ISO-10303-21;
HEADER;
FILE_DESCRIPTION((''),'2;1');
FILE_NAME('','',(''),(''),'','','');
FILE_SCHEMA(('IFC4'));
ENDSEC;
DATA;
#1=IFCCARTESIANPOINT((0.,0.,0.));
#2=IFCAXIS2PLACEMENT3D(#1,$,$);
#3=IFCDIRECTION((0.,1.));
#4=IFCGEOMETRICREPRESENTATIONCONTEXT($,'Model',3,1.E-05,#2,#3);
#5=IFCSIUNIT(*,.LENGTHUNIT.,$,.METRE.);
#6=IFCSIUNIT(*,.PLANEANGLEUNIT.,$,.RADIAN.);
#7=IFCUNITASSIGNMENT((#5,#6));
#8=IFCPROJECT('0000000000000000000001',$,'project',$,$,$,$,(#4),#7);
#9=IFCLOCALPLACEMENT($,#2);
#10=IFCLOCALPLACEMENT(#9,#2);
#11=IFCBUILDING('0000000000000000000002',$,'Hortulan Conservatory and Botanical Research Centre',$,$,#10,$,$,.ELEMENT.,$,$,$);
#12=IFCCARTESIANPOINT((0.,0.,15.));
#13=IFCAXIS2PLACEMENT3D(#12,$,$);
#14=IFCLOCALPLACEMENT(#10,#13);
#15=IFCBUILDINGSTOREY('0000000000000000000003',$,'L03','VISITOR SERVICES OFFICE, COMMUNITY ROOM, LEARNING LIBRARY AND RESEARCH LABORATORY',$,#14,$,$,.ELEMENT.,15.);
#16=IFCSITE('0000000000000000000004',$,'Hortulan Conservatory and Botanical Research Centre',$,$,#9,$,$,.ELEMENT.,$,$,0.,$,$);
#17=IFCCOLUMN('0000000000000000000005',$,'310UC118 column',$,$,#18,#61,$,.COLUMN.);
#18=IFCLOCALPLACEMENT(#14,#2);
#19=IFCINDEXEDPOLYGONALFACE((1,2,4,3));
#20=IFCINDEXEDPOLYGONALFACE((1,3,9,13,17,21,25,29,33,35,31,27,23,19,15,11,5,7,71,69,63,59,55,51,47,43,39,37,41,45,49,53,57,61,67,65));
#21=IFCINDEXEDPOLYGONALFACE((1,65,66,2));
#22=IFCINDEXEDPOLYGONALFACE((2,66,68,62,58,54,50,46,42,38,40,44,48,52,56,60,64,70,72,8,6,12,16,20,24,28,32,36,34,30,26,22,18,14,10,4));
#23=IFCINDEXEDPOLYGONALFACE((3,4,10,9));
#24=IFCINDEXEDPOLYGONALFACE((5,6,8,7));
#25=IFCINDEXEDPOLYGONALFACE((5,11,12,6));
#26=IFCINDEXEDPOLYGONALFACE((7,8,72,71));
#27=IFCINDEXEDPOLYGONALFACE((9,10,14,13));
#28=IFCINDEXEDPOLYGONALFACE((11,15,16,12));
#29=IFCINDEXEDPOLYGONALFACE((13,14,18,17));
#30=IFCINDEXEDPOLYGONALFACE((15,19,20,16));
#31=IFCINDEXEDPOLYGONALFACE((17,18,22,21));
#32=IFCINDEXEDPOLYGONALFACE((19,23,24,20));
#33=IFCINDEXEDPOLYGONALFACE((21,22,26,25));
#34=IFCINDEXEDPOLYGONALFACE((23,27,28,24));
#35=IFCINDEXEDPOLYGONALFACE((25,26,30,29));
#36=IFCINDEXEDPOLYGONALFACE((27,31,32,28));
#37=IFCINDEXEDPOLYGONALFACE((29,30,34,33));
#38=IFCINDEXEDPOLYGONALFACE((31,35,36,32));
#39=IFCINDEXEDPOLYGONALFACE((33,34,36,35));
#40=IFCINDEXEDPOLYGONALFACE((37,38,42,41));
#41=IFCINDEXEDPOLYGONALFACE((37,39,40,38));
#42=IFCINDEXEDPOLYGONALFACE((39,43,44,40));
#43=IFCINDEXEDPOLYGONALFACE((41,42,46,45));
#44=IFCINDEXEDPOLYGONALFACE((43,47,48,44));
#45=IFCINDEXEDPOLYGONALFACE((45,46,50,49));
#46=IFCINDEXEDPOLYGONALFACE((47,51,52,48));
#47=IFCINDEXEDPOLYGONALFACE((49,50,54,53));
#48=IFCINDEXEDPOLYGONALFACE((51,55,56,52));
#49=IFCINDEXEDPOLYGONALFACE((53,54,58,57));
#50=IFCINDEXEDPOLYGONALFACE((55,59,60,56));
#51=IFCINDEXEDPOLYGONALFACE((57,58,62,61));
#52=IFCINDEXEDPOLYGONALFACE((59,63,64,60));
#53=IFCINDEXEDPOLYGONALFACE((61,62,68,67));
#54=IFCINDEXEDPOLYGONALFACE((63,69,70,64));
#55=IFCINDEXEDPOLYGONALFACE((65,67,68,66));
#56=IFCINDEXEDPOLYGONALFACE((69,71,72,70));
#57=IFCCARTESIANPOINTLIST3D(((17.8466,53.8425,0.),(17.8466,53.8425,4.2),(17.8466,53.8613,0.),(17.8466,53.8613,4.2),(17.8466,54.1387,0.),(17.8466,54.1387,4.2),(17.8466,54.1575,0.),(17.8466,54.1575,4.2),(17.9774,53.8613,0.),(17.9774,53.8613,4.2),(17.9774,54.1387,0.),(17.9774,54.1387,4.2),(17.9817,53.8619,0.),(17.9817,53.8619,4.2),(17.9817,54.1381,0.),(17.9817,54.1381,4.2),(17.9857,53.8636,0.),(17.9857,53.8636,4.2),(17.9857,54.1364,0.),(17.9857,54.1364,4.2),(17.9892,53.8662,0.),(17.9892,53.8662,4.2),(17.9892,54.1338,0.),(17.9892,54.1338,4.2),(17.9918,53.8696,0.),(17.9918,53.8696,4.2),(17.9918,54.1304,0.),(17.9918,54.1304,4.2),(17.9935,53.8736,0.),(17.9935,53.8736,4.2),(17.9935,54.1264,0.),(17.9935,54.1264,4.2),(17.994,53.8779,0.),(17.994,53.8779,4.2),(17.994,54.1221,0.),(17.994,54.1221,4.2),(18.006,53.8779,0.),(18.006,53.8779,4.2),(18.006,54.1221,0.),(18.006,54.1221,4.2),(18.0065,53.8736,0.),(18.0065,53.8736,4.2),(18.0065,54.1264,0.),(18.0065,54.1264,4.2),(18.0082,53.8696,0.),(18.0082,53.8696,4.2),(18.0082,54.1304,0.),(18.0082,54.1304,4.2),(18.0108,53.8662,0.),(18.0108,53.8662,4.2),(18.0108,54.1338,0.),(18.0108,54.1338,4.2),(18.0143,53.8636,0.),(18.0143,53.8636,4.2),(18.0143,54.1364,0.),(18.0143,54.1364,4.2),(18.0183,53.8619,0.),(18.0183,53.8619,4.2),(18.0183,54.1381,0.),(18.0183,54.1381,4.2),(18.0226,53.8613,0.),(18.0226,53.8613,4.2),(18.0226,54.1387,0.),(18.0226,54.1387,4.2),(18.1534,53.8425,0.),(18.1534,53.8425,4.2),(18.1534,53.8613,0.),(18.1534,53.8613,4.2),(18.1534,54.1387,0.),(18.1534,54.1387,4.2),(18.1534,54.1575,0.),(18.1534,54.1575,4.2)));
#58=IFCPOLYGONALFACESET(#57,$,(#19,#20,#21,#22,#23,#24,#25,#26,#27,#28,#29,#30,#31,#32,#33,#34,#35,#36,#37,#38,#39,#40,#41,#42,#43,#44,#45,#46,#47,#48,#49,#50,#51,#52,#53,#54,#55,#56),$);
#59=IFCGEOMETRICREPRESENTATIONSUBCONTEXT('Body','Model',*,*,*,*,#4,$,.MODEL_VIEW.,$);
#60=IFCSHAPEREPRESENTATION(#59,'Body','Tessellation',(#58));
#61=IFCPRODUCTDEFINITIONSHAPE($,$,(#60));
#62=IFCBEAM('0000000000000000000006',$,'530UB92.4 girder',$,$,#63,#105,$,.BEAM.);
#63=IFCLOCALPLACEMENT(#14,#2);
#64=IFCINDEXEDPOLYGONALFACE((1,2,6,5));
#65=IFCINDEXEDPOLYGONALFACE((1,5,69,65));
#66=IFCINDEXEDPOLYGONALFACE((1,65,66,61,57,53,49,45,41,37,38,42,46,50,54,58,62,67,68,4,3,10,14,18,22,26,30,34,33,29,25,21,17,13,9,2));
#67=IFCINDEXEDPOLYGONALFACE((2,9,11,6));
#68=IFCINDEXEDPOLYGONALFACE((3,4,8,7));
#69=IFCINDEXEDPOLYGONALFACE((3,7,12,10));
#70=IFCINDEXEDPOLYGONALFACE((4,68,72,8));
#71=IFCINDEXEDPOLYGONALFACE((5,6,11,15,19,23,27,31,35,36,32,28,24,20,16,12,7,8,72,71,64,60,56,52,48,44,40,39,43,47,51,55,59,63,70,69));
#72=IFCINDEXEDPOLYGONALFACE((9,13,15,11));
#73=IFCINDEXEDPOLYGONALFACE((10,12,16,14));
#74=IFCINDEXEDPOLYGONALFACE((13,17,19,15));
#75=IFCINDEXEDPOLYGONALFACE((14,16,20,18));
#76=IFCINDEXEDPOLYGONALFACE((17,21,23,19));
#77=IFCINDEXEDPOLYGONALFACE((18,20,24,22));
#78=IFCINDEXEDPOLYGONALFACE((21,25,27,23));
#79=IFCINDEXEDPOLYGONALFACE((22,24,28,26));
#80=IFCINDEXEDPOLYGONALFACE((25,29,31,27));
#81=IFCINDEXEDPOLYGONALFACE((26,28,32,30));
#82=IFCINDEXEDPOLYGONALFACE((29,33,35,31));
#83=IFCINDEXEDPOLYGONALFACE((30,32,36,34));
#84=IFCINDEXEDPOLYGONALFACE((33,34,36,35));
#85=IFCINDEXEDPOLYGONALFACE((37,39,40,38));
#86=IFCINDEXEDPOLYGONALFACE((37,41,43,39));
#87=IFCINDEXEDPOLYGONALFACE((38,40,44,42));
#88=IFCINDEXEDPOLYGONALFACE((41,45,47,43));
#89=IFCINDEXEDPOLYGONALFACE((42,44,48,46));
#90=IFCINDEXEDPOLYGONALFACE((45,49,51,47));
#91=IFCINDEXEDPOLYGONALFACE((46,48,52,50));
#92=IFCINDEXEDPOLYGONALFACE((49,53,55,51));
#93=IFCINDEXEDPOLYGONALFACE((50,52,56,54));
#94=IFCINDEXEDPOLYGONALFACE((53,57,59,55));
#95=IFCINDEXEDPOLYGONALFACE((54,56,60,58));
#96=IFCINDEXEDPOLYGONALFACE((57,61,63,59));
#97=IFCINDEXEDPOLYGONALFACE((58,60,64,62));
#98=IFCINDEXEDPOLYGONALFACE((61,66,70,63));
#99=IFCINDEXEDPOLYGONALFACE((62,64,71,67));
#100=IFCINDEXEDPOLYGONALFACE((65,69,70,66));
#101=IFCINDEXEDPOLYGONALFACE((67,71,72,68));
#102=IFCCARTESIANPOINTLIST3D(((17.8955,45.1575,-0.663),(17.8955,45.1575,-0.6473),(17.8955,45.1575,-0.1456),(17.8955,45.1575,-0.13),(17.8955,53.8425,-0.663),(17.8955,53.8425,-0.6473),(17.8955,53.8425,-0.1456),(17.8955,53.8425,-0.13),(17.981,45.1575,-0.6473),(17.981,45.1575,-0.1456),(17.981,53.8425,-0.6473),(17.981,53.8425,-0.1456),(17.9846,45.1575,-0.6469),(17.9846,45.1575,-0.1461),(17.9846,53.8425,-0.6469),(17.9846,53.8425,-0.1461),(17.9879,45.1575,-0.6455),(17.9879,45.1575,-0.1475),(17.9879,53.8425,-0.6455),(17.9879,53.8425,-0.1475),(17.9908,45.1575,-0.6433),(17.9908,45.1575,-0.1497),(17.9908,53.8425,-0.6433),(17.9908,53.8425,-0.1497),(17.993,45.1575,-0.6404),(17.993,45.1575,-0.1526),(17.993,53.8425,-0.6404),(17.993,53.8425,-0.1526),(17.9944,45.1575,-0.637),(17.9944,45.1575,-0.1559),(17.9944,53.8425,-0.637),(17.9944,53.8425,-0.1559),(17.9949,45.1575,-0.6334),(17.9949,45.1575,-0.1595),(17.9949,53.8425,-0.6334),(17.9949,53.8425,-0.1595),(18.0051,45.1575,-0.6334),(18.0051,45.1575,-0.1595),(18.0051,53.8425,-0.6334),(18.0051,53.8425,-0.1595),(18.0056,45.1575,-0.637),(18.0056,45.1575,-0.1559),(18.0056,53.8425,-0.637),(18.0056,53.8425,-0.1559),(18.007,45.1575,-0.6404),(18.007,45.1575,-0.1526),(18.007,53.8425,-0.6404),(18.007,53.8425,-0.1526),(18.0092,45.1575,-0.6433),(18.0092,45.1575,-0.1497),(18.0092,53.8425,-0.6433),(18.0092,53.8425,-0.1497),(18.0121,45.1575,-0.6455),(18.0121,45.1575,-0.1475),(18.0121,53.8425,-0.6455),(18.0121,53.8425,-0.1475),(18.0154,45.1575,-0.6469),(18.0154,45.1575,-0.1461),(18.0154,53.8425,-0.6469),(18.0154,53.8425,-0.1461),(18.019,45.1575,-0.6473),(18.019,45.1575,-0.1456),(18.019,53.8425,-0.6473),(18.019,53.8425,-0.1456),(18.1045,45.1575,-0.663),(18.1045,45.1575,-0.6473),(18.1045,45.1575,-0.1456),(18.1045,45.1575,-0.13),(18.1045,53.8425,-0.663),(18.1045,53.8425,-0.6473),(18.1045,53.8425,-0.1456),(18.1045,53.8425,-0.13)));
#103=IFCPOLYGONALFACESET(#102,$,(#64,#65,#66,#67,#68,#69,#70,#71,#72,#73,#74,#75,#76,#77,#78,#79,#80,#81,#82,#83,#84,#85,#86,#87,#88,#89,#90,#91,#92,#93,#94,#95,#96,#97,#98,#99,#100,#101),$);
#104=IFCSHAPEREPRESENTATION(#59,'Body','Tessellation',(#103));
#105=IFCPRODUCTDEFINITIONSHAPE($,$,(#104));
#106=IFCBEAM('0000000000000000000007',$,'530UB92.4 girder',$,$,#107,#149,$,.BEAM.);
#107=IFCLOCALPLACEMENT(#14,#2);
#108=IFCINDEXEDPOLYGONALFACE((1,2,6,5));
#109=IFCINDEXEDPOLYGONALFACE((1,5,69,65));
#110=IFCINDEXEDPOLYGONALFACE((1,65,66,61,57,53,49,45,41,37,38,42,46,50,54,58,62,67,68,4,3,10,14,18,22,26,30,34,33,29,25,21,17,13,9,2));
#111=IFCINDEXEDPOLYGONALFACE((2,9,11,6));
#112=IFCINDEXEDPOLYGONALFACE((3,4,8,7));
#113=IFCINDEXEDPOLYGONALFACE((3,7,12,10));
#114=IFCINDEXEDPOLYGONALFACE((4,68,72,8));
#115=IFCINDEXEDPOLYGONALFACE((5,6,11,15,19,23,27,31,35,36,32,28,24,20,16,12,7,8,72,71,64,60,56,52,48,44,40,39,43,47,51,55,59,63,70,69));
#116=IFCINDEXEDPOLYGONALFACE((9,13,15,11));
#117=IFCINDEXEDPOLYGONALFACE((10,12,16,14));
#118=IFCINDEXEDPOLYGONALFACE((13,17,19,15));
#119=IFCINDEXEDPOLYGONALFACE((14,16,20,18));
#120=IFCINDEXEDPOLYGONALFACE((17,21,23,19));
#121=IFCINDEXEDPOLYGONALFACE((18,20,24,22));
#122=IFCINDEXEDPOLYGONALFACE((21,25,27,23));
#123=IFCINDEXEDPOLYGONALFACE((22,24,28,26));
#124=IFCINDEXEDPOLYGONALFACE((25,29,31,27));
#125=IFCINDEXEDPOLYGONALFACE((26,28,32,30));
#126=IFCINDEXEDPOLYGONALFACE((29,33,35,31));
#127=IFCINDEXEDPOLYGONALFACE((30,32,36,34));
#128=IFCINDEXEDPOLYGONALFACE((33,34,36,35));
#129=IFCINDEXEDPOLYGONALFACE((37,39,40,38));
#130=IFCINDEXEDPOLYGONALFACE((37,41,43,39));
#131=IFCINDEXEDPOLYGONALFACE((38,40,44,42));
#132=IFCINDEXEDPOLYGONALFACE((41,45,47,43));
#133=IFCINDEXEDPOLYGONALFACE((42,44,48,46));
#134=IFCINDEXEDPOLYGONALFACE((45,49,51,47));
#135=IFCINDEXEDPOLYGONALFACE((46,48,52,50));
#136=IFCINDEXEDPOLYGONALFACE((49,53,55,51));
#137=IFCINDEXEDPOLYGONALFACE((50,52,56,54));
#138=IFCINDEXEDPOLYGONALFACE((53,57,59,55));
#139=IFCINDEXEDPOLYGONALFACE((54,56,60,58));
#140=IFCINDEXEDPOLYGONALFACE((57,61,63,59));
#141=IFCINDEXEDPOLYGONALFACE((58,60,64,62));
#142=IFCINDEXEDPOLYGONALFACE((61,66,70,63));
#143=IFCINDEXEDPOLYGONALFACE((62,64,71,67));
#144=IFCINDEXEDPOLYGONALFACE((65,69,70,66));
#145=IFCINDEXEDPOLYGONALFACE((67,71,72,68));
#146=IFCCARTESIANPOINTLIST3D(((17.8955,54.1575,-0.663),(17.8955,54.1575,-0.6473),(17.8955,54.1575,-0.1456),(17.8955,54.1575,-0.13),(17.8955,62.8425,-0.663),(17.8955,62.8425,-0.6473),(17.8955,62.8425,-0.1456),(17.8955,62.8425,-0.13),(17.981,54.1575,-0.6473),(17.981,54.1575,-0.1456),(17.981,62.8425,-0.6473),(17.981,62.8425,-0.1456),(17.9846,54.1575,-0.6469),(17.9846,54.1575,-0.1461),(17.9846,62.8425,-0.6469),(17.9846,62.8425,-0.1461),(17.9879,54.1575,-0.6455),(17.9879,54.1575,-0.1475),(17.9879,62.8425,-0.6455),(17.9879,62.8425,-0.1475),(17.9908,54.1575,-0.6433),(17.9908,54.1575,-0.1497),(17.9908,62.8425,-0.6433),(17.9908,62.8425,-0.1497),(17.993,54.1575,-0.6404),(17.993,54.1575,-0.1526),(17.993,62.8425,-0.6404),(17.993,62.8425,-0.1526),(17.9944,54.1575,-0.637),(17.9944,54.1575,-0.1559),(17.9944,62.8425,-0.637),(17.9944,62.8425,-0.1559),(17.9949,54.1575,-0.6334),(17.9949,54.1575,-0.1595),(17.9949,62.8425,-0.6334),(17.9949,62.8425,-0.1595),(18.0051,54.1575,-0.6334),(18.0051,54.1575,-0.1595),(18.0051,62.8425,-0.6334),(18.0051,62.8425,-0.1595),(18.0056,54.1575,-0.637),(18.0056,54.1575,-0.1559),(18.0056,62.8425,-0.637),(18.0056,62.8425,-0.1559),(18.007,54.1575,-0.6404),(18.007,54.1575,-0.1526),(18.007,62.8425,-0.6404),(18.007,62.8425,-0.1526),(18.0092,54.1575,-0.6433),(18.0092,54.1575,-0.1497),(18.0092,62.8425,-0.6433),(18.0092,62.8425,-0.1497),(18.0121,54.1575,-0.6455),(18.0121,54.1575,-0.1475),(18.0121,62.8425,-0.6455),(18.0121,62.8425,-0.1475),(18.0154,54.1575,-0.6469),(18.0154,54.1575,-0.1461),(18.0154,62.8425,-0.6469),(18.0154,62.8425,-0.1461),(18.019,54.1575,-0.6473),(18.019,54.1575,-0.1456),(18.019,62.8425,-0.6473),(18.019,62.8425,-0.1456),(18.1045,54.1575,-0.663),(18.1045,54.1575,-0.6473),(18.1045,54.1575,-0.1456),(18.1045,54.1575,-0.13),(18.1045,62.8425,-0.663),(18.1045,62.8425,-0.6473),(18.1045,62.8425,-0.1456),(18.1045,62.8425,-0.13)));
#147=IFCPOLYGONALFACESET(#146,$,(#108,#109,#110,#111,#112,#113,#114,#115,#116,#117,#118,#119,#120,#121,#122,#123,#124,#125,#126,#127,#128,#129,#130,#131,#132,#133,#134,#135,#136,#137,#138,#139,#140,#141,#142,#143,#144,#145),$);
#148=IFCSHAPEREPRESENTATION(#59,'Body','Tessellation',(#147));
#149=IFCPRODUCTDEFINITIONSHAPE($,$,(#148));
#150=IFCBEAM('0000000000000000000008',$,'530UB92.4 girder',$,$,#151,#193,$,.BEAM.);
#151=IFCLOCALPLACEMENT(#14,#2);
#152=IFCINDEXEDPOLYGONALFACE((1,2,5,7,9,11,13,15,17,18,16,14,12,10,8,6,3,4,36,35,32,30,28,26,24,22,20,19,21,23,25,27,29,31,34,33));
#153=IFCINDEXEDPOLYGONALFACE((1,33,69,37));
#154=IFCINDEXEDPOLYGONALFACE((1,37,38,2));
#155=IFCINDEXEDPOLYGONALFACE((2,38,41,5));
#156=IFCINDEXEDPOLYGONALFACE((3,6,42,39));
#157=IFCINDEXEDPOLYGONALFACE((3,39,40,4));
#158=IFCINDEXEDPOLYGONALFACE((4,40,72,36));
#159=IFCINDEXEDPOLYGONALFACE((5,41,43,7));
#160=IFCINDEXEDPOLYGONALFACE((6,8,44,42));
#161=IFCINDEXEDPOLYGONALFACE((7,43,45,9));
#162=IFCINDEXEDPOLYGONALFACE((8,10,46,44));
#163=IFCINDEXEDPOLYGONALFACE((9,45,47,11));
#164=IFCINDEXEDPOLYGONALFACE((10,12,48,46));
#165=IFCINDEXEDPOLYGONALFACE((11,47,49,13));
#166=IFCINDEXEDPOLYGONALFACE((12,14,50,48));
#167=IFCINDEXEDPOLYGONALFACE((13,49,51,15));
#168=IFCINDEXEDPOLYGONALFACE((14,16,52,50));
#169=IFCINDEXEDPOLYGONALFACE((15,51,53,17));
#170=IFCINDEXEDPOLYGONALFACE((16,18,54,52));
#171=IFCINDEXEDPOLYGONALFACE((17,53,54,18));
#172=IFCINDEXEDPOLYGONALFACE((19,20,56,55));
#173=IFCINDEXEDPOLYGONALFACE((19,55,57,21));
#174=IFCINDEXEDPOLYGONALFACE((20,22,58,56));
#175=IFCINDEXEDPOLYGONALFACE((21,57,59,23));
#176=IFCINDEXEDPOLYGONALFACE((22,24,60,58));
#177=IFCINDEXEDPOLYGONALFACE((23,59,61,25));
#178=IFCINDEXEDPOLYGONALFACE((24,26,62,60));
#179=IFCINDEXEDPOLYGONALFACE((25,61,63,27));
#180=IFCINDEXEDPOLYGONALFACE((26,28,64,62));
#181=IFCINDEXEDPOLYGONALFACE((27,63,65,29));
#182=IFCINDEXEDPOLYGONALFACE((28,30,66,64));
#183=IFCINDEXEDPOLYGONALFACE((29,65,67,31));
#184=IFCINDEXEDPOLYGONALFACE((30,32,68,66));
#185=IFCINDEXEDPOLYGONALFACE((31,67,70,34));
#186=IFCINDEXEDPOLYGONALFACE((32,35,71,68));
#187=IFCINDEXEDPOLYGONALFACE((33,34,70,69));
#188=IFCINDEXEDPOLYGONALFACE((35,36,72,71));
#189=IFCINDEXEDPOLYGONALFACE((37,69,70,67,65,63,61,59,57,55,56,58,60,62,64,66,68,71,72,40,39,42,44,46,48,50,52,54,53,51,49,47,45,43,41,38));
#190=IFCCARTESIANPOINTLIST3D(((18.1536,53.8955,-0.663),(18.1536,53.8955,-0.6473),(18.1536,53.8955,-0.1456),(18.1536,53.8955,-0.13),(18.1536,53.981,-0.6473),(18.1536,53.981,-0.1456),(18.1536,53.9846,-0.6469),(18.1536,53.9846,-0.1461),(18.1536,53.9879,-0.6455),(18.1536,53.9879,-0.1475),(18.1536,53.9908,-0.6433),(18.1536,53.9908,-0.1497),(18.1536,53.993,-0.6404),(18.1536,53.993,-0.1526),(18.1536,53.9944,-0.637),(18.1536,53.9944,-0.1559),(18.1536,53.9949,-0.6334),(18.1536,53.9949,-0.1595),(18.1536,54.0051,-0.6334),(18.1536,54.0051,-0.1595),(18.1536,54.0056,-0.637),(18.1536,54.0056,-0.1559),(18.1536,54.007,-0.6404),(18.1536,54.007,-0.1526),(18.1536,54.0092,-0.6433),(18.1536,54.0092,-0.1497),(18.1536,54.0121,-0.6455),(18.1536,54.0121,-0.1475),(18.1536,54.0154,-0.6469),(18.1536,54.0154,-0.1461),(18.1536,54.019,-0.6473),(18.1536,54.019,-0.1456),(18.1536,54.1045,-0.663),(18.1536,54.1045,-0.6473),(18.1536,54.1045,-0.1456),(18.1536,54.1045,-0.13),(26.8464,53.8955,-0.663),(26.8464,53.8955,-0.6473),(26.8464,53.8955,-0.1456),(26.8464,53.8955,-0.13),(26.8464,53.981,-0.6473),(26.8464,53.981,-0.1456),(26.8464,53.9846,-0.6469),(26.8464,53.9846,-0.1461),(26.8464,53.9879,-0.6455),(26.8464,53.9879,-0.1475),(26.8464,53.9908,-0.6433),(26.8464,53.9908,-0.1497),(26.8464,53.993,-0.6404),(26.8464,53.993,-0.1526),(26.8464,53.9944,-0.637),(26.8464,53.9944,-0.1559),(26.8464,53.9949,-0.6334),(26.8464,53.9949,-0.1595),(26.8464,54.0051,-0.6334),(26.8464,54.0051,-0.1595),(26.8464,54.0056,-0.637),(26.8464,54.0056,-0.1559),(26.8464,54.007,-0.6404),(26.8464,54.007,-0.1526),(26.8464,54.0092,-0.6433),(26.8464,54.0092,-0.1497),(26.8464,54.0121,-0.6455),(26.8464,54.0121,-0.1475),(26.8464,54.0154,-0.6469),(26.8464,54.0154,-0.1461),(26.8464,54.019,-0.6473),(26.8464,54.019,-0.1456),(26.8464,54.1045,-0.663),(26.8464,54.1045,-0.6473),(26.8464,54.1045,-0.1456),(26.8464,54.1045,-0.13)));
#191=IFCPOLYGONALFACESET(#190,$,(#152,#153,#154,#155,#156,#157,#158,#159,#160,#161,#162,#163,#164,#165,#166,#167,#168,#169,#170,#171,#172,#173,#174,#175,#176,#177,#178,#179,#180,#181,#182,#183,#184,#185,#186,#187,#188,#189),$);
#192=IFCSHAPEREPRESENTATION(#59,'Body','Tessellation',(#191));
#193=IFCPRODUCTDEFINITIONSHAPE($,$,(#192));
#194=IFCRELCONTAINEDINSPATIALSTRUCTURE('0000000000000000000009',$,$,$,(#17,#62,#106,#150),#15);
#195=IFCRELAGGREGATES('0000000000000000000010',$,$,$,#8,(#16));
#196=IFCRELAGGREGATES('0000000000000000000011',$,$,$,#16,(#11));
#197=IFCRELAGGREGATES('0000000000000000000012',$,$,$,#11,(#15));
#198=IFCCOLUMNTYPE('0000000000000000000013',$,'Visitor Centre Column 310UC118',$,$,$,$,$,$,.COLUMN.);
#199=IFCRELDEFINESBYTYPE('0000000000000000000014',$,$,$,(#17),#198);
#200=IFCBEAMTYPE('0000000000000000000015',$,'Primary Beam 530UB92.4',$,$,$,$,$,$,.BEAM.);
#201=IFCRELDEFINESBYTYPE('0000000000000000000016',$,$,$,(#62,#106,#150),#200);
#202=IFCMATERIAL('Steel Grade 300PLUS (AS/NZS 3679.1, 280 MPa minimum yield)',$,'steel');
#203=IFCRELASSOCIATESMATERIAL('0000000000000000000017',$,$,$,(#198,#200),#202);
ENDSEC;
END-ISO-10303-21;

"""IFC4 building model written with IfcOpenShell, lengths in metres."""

from ifc_helpers import new_model, si_unit, direction, frame, origin, origin_2d, place, context, subcontext, project, spatial, i_section, extrude, material, material_profile, profile_set, type_object, element, save


model = new_model("IFC4")

# Units and contexts
model_context = context("Model", 3, precision=1e-05, world=origin(), true_north=direction((0.0, 1.0)))
body_context = subcontext(model_context, "Body", "Model", "MODEL_VIEW")
ifc_project = project(units=[si_unit("LENGTHUNIT", "METRE"), si_unit("PLANEANGLEUNIT", "RADIAN")], contexts=[model_context])

# Site, building, storey
site_placement = place(None, origin())
site = spatial("IfcSite", under=ifc_project, at=site_placement, Name="Hortulan Conservatory and Botanical Research Centre", CompositionType="ELEMENT", RefElevation=0.0)
building_placement = place(site_placement, origin())
building = spatial("IfcBuilding", under=site, at=building_placement, Name="Hortulan Conservatory and Botanical Research Centre", CompositionType="ELEMENT")
storey_placement = place(building_placement, frame((0.0, 0.0, 15.0)))
storey = spatial("IfcBuildingStorey", under=building, at=storey_placement, Name="L03", Description="VISITOR SERVICES OFFICE, COMMUNITY ROOM, LEARNING LIBRARY AND RESEARCH LABORATORY", CompositionType="ELEMENT", Elevation=15.0)

# Column
ifc_material_1 = material(Name="Steel Grade 300PLUS (AS/NZS 3679.1, 280 MPa minimum yield)", Category="steel")
ifc_material_profile_1 = material_profile(ifc_material_1, i_section(OverallWidth=0.3069, OverallDepth=0.3149, WebThickness=0.012, FlangeThickness=0.0188, FilletRadius=0.0166, at=origin_2d()), Name="310UC118")
ifc_profile_set_1 = profile_set([ifc_material_profile_1], Name="Steel Grade 300PLUS (AS/NZS 3679.1, 280 MPa minimum yield)")
column_type = type_object("IfcColumnType", Name="Visitor Centre Column 310UC118", PredefinedType="COLUMN", material=ifc_profile_set_1)
column_placement = place(storey_placement, frame((18.0, 54.0, 0.0), z_axis=(0.0, 0.0, 1.0), x_axis=(1.0, 0.0, 0.0)))
element("IfcColumn", 1, at=column_placement, inside=storey, type_object=column_type, Name="310UC118 column", PredefinedType="COLUMN", context=body_context, shape_type="SweptSolid", body=[
    extrude(i_section(OverallWidth=0.3069, OverallDepth=0.3149, WebThickness=0.012, FlangeThickness=0.0188, FilletRadius=0.0166, at=origin_2d()), origin(), (0.0, 0.0, 1.0), 4.2),
])

# Beams
ifc_material_profile_2 = material_profile(ifc_material_1, i_section(OverallWidth=0.209, OverallDepth=0.533, WebThickness=0.0103, FlangeThickness=0.0156, FilletRadius=0.0139, at=origin_2d()), Name="530UB92.4")
ifc_profile_set_2 = profile_set([ifc_material_profile_2], Name="Steel Grade 300PLUS (AS/NZS 3679.1, 280 MPa minimum yield)")
beam_type_1 = type_object("IfcBeamType", Name="Primary Beam 530UB92.4", PredefinedType="BEAM", material=ifc_profile_set_2)
for number, where, z_axis, x_axis, name in (
    (2, (18.0, 45.1575, -0.3965), (0.0, 1.0, 0.0), (-1.0, 0.0, 0.0), "530UB92.4 girder"),
    (3, (18.0, 54.1575, -0.3965), (0.0, 1.0, 0.0), (-1.0, 0.0, 0.0), "530UB92.4 girder"),
):
    element("IfcBeam", number, at=place(storey_placement, frame(where, z_axis=z_axis, x_axis=x_axis)), inside=storey, type_object=beam_type_1, Name=name, PredefinedType="BEAM", context=body_context, shape_type="SweptSolid", body=[
        extrude(i_section(OverallWidth=0.209, OverallDepth=0.533, WebThickness=0.0103, FlangeThickness=0.0156, FilletRadius=0.0139, at=origin_2d()), origin(), (0.0, 0.0, 1.0), 8.6851),
    ])
beam_placement = place(storey_placement, frame((18.1536, 54.0, -0.3965), z_axis=(1.0, 0.0, 0.0), x_axis=(0.0, 1.0, 0.0)))
element("IfcBeam", 4, at=beam_placement, inside=storey, type_object=beam_type_1, Name="530UB92.4 girder", PredefinedType="BEAM", context=body_context, shape_type="SweptSolid", body=[
    extrude(i_section(OverallWidth=0.209, OverallDepth=0.533, WebThickness=0.0103, FlangeThickness=0.0156, FilletRadius=0.0139, at=origin_2d()), origin(), (0.0, 0.0, 1.0), 8.6929),
])

save(model, "model.ifc")
